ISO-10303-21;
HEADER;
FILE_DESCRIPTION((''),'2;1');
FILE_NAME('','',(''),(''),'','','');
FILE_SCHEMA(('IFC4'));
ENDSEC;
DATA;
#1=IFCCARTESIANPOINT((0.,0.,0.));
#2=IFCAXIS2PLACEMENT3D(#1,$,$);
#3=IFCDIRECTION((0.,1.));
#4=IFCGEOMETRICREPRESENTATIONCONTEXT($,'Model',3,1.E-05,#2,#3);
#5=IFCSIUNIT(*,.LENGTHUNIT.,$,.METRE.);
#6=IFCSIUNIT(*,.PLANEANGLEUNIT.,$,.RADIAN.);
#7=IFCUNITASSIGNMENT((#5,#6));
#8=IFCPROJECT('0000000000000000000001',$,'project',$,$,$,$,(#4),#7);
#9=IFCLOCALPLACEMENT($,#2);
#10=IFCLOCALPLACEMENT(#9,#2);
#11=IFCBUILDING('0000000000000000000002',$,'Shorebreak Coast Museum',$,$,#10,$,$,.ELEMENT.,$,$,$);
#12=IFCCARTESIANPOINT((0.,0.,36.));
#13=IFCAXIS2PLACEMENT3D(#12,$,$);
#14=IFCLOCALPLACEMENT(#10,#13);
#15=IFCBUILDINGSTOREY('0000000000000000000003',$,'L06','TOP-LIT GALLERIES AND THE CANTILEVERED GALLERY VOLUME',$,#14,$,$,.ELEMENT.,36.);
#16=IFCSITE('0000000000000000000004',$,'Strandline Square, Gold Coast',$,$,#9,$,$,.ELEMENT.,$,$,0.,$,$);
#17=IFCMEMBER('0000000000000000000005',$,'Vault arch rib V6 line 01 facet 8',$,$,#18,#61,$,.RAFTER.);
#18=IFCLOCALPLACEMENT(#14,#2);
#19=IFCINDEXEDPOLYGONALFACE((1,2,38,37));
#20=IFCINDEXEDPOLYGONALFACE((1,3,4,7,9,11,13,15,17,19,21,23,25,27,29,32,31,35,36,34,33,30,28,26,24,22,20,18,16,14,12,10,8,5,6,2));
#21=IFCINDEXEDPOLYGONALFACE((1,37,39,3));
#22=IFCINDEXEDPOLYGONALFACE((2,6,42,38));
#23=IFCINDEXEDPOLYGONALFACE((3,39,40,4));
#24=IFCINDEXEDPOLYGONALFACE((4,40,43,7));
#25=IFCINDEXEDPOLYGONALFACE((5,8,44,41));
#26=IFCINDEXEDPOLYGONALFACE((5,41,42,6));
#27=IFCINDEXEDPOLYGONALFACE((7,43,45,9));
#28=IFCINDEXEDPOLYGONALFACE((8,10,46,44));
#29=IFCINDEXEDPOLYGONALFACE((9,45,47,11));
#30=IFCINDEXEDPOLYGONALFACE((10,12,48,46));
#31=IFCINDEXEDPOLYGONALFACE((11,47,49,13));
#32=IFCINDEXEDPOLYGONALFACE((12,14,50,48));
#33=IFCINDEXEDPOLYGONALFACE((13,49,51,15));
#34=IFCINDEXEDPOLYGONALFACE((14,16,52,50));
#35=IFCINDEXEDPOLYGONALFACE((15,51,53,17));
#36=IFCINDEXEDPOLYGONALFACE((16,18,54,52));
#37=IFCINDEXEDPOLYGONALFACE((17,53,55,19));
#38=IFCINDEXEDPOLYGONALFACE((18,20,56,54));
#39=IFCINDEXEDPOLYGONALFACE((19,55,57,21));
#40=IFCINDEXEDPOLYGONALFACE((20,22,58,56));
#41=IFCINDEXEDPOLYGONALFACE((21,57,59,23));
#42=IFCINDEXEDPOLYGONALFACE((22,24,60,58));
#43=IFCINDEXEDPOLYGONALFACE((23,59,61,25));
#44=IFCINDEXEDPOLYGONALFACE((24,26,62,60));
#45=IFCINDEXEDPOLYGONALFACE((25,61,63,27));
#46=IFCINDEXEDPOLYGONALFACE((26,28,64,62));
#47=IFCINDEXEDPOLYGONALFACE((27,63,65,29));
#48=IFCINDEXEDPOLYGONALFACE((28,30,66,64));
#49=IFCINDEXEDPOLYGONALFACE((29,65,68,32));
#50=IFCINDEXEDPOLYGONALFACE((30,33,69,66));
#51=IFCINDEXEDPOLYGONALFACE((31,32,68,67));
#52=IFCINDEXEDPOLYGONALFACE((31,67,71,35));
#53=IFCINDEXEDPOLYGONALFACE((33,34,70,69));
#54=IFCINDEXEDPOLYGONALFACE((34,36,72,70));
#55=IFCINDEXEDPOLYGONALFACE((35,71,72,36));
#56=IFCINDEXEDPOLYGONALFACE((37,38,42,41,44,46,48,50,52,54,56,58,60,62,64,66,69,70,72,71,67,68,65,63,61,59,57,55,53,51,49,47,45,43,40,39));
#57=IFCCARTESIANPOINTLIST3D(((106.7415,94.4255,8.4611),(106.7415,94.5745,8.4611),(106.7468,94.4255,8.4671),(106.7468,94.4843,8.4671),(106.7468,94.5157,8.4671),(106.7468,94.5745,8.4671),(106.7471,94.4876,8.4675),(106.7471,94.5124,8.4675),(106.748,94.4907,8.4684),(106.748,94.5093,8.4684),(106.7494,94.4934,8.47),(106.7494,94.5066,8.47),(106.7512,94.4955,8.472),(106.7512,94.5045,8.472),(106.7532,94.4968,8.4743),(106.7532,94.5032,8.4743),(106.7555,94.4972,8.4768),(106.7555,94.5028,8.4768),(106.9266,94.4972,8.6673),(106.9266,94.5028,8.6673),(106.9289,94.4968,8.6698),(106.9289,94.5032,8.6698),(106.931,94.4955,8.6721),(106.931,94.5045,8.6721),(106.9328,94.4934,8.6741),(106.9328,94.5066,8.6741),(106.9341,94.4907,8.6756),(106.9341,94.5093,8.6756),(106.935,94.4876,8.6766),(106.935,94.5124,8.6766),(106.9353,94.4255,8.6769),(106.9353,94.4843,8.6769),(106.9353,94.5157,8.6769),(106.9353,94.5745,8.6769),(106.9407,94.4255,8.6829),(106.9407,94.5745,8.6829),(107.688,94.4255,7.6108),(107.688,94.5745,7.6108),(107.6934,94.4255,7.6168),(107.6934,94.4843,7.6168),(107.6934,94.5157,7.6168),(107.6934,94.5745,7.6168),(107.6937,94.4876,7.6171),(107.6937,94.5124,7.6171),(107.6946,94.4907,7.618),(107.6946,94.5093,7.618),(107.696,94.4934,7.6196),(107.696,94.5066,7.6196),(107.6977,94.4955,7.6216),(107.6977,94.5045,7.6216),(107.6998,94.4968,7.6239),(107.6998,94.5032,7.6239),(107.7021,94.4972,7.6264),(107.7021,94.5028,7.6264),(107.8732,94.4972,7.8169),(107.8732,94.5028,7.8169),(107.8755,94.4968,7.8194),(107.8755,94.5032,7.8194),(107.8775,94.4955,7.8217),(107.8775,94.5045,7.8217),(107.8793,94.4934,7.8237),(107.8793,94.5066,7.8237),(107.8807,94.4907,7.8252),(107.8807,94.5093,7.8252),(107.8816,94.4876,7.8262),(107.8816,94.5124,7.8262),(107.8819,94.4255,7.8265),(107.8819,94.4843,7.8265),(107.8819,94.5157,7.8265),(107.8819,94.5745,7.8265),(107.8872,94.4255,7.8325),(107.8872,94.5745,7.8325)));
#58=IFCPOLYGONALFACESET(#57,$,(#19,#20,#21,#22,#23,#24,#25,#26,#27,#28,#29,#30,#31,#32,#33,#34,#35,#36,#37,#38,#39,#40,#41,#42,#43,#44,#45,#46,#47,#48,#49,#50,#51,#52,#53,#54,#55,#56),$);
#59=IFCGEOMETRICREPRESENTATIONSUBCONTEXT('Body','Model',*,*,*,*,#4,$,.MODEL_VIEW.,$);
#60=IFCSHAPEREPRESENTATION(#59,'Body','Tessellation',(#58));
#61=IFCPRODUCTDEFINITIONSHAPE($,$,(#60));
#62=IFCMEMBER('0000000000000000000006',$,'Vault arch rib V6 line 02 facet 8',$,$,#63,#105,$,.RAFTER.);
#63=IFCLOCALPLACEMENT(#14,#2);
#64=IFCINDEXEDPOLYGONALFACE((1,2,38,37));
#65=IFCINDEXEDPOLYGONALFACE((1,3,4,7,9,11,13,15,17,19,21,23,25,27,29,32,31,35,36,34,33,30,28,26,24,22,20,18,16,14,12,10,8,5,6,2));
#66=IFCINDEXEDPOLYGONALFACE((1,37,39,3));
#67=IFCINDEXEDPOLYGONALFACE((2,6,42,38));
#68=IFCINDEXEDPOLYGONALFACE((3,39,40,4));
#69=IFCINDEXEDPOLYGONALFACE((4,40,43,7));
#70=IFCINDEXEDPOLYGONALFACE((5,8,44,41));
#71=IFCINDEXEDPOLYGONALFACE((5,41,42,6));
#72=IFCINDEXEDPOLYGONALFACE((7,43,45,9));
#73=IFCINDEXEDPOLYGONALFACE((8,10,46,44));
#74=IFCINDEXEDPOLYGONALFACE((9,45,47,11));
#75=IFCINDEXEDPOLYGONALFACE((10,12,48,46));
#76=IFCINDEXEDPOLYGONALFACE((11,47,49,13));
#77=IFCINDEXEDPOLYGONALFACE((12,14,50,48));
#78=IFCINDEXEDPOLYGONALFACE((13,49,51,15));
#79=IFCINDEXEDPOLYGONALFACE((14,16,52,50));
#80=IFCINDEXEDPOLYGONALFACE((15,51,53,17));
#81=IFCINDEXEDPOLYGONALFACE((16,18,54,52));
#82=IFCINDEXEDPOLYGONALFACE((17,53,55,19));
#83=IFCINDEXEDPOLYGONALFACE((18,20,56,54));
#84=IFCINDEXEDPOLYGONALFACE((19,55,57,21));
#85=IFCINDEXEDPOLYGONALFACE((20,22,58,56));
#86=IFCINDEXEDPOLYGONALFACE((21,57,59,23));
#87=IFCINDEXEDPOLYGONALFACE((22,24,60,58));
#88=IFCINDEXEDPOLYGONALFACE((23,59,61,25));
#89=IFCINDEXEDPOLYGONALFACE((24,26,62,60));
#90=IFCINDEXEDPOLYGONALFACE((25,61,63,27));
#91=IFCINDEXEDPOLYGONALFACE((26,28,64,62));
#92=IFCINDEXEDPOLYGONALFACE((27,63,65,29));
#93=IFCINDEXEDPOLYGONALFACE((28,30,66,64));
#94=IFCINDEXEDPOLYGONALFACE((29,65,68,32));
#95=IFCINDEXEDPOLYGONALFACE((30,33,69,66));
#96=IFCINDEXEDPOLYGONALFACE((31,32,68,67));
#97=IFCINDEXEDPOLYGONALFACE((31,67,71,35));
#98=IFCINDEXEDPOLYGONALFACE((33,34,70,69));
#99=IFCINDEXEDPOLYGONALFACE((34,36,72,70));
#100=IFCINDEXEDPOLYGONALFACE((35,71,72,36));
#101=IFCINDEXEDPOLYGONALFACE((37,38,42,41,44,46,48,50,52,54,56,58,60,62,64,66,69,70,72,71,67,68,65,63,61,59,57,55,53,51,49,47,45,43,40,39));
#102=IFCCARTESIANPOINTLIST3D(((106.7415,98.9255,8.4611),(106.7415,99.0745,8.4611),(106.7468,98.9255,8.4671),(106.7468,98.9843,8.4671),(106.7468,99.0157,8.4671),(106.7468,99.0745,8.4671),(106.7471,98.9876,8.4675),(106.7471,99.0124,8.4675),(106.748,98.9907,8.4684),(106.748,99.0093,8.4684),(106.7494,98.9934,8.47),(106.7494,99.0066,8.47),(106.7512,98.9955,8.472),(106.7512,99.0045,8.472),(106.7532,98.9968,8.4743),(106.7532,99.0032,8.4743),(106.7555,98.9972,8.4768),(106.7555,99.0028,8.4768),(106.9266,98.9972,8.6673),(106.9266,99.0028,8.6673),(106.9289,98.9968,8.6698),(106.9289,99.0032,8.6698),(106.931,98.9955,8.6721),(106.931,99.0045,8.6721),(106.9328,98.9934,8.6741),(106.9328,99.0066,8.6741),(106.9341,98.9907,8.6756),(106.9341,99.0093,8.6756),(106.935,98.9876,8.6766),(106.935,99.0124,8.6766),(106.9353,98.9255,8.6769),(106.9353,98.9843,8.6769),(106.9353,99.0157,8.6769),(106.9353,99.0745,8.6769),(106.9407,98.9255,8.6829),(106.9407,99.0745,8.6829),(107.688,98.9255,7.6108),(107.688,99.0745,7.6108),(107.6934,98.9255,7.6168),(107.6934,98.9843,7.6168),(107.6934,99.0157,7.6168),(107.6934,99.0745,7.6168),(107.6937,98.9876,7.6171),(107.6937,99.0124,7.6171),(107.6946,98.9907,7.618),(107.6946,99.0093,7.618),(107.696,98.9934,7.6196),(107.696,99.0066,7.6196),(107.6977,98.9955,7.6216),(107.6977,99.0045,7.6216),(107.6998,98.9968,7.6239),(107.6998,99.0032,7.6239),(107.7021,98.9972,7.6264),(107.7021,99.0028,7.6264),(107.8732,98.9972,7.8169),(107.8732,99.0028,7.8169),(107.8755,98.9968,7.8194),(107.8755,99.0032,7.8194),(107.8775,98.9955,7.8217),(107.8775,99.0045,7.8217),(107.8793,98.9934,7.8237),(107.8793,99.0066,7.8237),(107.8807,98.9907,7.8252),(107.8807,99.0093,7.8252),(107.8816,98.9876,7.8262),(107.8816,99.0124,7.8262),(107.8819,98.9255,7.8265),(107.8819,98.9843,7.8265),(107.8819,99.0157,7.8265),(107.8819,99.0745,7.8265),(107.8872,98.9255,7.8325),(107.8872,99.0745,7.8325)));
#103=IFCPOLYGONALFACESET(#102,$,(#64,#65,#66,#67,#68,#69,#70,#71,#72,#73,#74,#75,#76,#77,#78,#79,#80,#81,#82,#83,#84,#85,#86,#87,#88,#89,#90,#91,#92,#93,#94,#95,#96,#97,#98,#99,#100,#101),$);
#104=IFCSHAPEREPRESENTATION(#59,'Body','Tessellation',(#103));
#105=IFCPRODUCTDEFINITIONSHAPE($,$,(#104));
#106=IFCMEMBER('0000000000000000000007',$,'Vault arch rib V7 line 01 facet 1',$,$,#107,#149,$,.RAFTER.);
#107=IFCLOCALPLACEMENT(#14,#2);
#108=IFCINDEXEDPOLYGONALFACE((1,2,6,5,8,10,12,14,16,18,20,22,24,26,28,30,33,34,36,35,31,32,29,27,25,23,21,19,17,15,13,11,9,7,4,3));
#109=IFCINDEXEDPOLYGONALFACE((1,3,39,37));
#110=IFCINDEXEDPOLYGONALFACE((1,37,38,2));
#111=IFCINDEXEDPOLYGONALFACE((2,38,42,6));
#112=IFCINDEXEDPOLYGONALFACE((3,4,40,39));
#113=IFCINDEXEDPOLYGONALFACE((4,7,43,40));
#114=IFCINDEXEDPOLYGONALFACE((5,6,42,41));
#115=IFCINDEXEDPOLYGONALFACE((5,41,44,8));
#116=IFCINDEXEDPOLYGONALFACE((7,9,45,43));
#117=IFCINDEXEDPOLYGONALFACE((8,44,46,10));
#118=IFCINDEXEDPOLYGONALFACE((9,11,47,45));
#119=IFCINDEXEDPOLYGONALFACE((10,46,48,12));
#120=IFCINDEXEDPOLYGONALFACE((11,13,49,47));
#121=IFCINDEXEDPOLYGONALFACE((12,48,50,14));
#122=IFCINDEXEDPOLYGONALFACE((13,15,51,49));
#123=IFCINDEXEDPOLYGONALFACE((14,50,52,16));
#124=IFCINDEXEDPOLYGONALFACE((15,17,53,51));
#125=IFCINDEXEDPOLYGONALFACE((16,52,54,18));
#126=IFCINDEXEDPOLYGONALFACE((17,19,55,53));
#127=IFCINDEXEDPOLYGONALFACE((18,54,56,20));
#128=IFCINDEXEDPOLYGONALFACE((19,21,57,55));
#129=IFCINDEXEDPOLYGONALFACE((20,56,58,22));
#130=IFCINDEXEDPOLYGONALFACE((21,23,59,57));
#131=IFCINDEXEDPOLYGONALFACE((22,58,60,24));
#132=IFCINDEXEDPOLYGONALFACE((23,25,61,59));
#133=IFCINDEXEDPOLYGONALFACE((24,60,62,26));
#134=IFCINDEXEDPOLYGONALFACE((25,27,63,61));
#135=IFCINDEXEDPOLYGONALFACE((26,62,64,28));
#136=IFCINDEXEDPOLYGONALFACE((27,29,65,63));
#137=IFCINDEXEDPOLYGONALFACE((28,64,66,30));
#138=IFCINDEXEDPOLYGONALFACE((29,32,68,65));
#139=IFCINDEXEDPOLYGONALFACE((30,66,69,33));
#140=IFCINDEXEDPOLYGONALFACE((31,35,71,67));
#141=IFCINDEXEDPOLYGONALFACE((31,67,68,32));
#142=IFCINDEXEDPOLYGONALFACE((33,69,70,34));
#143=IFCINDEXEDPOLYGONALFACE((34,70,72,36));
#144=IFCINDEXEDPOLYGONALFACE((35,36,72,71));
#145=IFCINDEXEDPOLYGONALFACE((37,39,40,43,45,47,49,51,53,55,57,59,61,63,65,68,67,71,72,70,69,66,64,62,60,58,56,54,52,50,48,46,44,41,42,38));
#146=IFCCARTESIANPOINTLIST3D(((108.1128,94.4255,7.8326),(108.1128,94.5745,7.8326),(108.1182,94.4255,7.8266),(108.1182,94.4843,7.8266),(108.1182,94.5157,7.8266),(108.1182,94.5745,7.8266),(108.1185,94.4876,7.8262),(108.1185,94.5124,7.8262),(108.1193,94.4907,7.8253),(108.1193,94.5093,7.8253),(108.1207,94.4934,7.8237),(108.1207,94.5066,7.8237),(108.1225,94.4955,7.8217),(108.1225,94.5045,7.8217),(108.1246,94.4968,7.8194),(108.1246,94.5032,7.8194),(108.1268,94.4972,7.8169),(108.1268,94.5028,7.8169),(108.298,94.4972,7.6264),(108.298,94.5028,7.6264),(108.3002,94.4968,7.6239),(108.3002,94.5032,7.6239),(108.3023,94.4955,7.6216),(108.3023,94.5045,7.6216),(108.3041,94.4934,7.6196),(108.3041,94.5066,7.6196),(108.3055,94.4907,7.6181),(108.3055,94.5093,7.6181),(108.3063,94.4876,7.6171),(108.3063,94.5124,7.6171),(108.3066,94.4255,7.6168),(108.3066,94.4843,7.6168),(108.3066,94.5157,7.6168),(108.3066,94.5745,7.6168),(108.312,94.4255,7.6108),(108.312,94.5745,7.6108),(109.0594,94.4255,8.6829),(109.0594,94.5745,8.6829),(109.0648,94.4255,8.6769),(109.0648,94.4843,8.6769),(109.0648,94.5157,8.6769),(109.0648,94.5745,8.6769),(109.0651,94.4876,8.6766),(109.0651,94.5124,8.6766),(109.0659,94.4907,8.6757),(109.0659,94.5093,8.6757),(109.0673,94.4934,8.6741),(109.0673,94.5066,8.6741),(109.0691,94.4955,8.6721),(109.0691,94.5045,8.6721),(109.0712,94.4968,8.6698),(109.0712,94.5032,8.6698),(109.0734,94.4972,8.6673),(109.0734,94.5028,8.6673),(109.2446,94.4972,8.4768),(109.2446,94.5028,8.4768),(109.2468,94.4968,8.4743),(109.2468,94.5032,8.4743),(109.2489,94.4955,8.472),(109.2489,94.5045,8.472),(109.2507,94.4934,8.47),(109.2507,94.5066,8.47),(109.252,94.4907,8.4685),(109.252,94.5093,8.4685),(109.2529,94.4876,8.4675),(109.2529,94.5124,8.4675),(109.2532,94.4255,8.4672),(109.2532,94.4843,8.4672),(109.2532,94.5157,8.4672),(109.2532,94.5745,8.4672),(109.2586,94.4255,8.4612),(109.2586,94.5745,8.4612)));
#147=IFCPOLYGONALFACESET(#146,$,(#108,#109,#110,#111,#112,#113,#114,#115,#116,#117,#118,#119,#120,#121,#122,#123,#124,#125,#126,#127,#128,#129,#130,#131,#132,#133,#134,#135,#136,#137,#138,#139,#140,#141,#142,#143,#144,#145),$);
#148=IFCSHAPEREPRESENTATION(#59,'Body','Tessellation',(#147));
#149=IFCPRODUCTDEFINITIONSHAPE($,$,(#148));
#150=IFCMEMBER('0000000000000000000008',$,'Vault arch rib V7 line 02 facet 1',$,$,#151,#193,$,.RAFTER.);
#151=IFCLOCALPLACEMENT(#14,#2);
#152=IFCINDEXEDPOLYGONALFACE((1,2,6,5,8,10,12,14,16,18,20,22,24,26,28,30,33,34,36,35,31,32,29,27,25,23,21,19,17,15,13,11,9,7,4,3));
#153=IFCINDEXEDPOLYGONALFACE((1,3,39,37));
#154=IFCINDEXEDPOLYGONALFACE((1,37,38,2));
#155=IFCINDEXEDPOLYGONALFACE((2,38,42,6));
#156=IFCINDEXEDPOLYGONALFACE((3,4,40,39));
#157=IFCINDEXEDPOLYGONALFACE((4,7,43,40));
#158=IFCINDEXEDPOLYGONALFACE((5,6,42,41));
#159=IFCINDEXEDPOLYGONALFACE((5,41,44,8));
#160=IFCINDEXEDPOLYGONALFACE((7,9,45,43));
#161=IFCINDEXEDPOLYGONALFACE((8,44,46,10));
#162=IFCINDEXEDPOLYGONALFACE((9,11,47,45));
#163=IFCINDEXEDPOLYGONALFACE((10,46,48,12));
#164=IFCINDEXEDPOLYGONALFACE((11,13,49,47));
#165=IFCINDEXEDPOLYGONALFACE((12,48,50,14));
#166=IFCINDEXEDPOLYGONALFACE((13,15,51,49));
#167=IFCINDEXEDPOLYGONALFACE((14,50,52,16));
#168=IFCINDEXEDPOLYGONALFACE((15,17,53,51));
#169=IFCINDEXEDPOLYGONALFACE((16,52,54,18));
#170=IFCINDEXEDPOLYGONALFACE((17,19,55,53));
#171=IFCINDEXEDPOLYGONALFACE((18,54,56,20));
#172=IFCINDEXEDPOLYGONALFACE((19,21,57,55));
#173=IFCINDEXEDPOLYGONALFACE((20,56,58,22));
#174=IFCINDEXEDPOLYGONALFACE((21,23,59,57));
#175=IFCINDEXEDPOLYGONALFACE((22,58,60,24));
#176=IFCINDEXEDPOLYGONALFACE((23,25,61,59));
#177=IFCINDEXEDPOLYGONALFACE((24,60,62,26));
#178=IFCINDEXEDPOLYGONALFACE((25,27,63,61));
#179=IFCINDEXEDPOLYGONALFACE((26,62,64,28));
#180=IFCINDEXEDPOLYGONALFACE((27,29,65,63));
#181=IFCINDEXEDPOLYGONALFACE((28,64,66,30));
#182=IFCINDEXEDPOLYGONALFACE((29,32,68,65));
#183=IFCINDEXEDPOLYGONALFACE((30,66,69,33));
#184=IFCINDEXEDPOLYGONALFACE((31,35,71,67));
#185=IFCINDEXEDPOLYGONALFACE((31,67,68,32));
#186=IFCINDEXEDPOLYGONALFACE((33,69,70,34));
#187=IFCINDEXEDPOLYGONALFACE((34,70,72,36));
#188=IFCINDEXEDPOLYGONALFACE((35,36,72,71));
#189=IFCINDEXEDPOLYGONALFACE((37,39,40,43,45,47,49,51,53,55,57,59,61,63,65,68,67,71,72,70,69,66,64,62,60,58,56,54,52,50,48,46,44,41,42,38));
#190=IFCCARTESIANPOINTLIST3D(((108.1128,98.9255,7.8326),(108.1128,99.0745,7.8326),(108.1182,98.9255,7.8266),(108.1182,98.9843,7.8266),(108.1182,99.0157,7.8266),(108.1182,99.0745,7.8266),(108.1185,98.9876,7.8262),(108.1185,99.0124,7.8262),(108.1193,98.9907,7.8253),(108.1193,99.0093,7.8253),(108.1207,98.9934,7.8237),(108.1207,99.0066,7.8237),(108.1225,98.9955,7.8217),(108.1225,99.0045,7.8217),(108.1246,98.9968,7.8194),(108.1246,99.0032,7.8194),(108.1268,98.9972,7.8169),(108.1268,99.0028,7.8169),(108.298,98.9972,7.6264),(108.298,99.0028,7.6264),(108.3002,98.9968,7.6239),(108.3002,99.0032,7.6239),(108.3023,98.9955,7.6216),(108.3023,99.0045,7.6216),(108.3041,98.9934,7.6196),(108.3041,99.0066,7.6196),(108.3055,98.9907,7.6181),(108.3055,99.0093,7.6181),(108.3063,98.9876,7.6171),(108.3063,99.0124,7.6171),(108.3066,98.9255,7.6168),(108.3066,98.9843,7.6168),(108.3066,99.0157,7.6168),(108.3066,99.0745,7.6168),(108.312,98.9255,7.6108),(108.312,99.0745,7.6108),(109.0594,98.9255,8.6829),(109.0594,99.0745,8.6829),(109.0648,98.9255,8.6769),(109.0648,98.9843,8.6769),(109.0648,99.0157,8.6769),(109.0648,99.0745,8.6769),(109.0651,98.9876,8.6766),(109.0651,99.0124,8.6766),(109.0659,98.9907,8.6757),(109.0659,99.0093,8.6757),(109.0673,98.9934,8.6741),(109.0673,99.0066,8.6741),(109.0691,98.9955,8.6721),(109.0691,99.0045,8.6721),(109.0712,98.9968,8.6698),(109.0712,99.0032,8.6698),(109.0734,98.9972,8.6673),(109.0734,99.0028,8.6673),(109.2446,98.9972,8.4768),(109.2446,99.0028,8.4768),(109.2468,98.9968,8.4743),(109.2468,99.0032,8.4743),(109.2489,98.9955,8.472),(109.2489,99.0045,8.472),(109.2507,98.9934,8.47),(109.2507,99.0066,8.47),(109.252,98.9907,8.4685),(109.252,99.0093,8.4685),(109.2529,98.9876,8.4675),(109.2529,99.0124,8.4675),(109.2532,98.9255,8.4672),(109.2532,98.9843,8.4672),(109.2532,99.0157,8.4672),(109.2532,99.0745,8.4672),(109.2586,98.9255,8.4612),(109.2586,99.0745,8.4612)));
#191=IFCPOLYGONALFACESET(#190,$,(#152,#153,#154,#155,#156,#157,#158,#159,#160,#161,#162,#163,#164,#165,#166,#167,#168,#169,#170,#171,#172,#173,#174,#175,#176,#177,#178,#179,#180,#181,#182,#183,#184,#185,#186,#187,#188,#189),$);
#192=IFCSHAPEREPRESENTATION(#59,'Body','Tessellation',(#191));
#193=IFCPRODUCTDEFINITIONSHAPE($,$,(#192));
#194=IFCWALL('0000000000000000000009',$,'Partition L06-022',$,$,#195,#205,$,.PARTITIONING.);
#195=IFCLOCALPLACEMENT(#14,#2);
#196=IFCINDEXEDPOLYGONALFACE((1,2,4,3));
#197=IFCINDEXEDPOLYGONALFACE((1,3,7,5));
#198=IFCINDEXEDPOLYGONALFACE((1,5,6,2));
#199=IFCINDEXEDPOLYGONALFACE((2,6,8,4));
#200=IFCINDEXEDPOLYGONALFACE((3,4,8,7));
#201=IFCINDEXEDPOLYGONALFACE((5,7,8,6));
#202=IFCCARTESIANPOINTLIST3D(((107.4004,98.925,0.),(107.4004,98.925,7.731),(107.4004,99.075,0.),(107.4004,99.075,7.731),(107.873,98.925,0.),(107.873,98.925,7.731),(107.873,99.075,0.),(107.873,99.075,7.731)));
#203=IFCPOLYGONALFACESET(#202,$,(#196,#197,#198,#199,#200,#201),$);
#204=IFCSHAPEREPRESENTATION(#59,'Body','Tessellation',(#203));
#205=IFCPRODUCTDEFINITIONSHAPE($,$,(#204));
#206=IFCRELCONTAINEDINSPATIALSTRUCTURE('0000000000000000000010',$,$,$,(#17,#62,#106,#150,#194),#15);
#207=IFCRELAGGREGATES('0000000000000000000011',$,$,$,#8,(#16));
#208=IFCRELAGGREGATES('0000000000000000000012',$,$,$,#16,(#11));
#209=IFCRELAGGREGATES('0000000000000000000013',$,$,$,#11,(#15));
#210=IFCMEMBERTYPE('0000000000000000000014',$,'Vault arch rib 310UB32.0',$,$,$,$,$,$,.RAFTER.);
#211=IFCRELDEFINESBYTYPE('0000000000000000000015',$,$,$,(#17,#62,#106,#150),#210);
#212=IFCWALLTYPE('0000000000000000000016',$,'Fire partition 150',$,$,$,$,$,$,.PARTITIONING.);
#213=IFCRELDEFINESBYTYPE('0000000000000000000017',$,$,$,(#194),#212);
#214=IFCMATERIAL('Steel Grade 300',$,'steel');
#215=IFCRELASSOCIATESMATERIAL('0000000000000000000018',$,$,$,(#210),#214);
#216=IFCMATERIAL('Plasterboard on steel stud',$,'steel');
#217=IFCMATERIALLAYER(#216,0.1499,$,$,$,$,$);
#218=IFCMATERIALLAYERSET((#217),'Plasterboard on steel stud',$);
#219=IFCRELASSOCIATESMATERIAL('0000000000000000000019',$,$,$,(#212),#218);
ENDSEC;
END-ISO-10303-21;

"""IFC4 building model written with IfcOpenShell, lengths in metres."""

from ifc_helpers import new_model, si_unit, direction, frame, frame_2d, origin, origin_2d, place, context, subcontext, project, spatial, rectangle, i_section, extrude, material, layer, layer_set, material_profile, profile_set, type_object, element, save


model = new_model("IFC4")

# Units and contexts
model_context = context("Model", 3, precision=1e-05, world=origin(), true_north=direction((0.0, 1.0)))
body_context = subcontext(model_context, "Body", "Model", "MODEL_VIEW")
ifc_project = project(units=[si_unit("LENGTHUNIT", "METRE"), si_unit("PLANEANGLEUNIT", "RADIAN")], contexts=[model_context])

# Site, building, storey
site_placement = place(None, origin())
site = spatial("IfcSite", under=ifc_project, at=site_placement, Name="Strandline Square, Gold Coast", CompositionType="ELEMENT", RefElevation=0.0)
building_placement = place(site_placement, origin())
building = spatial("IfcBuilding", under=site, at=building_placement, Name="Shorebreak Coast Museum", CompositionType="ELEMENT")
storey_placement = place(building_placement, frame((0.0, 0.0, 36.0)))
storey = spatial("IfcBuildingStorey", under=building, at=storey_placement, Name="L06", Description="TOP-LIT GALLERIES AND THE CANTILEVERED GALLERY VOLUME", CompositionType="ELEMENT", Elevation=36.0)

# Members
ifc_material_1 = material(Name="Steel Grade 300", Category="steel")
ifc_material_profile_1 = material_profile(ifc_material_1, i_section(OverallWidth=0.1489, OverallDepth=0.2981, WebThickness=0.0056, FlangeThickness=0.0081, FilletRadius=0.0129, at=origin_2d()), Name="310UB32.0")
ifc_profile_set_1 = profile_set([ifc_material_profile_1], Name="Steel Grade 300")
member_type_1 = type_object("IfcMemberType", Name="Vault arch rib 310UB32.0", PredefinedType="RAFTER", material=ifc_profile_set_1)
for number, where, z_axis, x_axis, name in (
    (1, (106.8411, 94.5, 8.572), (0.743895, 0.0, -0.668297), (0.0, 1.0, 0.0), "Vault arch rib V6 line 01 facet 8"),
    (2, (106.8411, 99.0, 8.572), (0.743895, 0.0, -0.668297), (0.0, 1.0, 0.0), "Vault arch rib V6 line 02 facet 8"),
    (3, (108.2124, 94.5, 7.7217), (0.743895, 0.0, 0.668297), (0.0, 1.0, 0.0), "Vault arch rib V7 line 01 facet 1"),
    (4, (108.2124, 99.0, 7.7217), (0.743895, 0.0, 0.668297), (0.0, 1.0, 0.0), "Vault arch rib V7 line 02 facet 1"),
):
    element("IfcMember", number, at=place(storey_placement, frame(where, z_axis=z_axis, x_axis=x_axis)), inside=storey, type_object=member_type_1, Name=name, PredefinedType="RAFTER", context=body_context, shape_type="SweptSolid", body=[
        extrude(i_section(OverallWidth=0.1489, OverallDepth=0.2981, WebThickness=0.0056, FlangeThickness=0.0081, FilletRadius=0.0129, at=origin_2d()), origin(), (0.0, 0.0, 1.0), 1.2725),
    ])

# Wall
ifc_material_2 = material(Name="Plasterboard on steel stud", Category="steel")
ifc_layer_1 = layer(ifc_material_2, 0.1499)
ifc_layer_set_1 = layer_set([ifc_layer_1], Name="Plasterboard on steel stud")
wall_type_1 = type_object("IfcWallType", Name="Fire partition 150", PredefinedType="PARTITIONING", material=ifc_layer_set_1)
wall_1_placement = place(storey_placement, frame((107.4004, 99.0, 0.0), z_axis=(0.0, 0.0, 1.0), x_axis=(1.0, 0.0, 0.0)))
element("IfcWall", 5, at=wall_1_placement, inside=storey, type_object=wall_type_1, Name="Partition L06-022", PredefinedType="PARTITIONING", context=body_context, shape_type="SweptSolid", body=[
    extrude(rectangle(XDim=0.4727, YDim=0.1499, at=frame_2d((0.2363, 0.0))), origin(), (0.0, 0.0, 1.0), 7.731),
])

save(model, "model.ifc")
